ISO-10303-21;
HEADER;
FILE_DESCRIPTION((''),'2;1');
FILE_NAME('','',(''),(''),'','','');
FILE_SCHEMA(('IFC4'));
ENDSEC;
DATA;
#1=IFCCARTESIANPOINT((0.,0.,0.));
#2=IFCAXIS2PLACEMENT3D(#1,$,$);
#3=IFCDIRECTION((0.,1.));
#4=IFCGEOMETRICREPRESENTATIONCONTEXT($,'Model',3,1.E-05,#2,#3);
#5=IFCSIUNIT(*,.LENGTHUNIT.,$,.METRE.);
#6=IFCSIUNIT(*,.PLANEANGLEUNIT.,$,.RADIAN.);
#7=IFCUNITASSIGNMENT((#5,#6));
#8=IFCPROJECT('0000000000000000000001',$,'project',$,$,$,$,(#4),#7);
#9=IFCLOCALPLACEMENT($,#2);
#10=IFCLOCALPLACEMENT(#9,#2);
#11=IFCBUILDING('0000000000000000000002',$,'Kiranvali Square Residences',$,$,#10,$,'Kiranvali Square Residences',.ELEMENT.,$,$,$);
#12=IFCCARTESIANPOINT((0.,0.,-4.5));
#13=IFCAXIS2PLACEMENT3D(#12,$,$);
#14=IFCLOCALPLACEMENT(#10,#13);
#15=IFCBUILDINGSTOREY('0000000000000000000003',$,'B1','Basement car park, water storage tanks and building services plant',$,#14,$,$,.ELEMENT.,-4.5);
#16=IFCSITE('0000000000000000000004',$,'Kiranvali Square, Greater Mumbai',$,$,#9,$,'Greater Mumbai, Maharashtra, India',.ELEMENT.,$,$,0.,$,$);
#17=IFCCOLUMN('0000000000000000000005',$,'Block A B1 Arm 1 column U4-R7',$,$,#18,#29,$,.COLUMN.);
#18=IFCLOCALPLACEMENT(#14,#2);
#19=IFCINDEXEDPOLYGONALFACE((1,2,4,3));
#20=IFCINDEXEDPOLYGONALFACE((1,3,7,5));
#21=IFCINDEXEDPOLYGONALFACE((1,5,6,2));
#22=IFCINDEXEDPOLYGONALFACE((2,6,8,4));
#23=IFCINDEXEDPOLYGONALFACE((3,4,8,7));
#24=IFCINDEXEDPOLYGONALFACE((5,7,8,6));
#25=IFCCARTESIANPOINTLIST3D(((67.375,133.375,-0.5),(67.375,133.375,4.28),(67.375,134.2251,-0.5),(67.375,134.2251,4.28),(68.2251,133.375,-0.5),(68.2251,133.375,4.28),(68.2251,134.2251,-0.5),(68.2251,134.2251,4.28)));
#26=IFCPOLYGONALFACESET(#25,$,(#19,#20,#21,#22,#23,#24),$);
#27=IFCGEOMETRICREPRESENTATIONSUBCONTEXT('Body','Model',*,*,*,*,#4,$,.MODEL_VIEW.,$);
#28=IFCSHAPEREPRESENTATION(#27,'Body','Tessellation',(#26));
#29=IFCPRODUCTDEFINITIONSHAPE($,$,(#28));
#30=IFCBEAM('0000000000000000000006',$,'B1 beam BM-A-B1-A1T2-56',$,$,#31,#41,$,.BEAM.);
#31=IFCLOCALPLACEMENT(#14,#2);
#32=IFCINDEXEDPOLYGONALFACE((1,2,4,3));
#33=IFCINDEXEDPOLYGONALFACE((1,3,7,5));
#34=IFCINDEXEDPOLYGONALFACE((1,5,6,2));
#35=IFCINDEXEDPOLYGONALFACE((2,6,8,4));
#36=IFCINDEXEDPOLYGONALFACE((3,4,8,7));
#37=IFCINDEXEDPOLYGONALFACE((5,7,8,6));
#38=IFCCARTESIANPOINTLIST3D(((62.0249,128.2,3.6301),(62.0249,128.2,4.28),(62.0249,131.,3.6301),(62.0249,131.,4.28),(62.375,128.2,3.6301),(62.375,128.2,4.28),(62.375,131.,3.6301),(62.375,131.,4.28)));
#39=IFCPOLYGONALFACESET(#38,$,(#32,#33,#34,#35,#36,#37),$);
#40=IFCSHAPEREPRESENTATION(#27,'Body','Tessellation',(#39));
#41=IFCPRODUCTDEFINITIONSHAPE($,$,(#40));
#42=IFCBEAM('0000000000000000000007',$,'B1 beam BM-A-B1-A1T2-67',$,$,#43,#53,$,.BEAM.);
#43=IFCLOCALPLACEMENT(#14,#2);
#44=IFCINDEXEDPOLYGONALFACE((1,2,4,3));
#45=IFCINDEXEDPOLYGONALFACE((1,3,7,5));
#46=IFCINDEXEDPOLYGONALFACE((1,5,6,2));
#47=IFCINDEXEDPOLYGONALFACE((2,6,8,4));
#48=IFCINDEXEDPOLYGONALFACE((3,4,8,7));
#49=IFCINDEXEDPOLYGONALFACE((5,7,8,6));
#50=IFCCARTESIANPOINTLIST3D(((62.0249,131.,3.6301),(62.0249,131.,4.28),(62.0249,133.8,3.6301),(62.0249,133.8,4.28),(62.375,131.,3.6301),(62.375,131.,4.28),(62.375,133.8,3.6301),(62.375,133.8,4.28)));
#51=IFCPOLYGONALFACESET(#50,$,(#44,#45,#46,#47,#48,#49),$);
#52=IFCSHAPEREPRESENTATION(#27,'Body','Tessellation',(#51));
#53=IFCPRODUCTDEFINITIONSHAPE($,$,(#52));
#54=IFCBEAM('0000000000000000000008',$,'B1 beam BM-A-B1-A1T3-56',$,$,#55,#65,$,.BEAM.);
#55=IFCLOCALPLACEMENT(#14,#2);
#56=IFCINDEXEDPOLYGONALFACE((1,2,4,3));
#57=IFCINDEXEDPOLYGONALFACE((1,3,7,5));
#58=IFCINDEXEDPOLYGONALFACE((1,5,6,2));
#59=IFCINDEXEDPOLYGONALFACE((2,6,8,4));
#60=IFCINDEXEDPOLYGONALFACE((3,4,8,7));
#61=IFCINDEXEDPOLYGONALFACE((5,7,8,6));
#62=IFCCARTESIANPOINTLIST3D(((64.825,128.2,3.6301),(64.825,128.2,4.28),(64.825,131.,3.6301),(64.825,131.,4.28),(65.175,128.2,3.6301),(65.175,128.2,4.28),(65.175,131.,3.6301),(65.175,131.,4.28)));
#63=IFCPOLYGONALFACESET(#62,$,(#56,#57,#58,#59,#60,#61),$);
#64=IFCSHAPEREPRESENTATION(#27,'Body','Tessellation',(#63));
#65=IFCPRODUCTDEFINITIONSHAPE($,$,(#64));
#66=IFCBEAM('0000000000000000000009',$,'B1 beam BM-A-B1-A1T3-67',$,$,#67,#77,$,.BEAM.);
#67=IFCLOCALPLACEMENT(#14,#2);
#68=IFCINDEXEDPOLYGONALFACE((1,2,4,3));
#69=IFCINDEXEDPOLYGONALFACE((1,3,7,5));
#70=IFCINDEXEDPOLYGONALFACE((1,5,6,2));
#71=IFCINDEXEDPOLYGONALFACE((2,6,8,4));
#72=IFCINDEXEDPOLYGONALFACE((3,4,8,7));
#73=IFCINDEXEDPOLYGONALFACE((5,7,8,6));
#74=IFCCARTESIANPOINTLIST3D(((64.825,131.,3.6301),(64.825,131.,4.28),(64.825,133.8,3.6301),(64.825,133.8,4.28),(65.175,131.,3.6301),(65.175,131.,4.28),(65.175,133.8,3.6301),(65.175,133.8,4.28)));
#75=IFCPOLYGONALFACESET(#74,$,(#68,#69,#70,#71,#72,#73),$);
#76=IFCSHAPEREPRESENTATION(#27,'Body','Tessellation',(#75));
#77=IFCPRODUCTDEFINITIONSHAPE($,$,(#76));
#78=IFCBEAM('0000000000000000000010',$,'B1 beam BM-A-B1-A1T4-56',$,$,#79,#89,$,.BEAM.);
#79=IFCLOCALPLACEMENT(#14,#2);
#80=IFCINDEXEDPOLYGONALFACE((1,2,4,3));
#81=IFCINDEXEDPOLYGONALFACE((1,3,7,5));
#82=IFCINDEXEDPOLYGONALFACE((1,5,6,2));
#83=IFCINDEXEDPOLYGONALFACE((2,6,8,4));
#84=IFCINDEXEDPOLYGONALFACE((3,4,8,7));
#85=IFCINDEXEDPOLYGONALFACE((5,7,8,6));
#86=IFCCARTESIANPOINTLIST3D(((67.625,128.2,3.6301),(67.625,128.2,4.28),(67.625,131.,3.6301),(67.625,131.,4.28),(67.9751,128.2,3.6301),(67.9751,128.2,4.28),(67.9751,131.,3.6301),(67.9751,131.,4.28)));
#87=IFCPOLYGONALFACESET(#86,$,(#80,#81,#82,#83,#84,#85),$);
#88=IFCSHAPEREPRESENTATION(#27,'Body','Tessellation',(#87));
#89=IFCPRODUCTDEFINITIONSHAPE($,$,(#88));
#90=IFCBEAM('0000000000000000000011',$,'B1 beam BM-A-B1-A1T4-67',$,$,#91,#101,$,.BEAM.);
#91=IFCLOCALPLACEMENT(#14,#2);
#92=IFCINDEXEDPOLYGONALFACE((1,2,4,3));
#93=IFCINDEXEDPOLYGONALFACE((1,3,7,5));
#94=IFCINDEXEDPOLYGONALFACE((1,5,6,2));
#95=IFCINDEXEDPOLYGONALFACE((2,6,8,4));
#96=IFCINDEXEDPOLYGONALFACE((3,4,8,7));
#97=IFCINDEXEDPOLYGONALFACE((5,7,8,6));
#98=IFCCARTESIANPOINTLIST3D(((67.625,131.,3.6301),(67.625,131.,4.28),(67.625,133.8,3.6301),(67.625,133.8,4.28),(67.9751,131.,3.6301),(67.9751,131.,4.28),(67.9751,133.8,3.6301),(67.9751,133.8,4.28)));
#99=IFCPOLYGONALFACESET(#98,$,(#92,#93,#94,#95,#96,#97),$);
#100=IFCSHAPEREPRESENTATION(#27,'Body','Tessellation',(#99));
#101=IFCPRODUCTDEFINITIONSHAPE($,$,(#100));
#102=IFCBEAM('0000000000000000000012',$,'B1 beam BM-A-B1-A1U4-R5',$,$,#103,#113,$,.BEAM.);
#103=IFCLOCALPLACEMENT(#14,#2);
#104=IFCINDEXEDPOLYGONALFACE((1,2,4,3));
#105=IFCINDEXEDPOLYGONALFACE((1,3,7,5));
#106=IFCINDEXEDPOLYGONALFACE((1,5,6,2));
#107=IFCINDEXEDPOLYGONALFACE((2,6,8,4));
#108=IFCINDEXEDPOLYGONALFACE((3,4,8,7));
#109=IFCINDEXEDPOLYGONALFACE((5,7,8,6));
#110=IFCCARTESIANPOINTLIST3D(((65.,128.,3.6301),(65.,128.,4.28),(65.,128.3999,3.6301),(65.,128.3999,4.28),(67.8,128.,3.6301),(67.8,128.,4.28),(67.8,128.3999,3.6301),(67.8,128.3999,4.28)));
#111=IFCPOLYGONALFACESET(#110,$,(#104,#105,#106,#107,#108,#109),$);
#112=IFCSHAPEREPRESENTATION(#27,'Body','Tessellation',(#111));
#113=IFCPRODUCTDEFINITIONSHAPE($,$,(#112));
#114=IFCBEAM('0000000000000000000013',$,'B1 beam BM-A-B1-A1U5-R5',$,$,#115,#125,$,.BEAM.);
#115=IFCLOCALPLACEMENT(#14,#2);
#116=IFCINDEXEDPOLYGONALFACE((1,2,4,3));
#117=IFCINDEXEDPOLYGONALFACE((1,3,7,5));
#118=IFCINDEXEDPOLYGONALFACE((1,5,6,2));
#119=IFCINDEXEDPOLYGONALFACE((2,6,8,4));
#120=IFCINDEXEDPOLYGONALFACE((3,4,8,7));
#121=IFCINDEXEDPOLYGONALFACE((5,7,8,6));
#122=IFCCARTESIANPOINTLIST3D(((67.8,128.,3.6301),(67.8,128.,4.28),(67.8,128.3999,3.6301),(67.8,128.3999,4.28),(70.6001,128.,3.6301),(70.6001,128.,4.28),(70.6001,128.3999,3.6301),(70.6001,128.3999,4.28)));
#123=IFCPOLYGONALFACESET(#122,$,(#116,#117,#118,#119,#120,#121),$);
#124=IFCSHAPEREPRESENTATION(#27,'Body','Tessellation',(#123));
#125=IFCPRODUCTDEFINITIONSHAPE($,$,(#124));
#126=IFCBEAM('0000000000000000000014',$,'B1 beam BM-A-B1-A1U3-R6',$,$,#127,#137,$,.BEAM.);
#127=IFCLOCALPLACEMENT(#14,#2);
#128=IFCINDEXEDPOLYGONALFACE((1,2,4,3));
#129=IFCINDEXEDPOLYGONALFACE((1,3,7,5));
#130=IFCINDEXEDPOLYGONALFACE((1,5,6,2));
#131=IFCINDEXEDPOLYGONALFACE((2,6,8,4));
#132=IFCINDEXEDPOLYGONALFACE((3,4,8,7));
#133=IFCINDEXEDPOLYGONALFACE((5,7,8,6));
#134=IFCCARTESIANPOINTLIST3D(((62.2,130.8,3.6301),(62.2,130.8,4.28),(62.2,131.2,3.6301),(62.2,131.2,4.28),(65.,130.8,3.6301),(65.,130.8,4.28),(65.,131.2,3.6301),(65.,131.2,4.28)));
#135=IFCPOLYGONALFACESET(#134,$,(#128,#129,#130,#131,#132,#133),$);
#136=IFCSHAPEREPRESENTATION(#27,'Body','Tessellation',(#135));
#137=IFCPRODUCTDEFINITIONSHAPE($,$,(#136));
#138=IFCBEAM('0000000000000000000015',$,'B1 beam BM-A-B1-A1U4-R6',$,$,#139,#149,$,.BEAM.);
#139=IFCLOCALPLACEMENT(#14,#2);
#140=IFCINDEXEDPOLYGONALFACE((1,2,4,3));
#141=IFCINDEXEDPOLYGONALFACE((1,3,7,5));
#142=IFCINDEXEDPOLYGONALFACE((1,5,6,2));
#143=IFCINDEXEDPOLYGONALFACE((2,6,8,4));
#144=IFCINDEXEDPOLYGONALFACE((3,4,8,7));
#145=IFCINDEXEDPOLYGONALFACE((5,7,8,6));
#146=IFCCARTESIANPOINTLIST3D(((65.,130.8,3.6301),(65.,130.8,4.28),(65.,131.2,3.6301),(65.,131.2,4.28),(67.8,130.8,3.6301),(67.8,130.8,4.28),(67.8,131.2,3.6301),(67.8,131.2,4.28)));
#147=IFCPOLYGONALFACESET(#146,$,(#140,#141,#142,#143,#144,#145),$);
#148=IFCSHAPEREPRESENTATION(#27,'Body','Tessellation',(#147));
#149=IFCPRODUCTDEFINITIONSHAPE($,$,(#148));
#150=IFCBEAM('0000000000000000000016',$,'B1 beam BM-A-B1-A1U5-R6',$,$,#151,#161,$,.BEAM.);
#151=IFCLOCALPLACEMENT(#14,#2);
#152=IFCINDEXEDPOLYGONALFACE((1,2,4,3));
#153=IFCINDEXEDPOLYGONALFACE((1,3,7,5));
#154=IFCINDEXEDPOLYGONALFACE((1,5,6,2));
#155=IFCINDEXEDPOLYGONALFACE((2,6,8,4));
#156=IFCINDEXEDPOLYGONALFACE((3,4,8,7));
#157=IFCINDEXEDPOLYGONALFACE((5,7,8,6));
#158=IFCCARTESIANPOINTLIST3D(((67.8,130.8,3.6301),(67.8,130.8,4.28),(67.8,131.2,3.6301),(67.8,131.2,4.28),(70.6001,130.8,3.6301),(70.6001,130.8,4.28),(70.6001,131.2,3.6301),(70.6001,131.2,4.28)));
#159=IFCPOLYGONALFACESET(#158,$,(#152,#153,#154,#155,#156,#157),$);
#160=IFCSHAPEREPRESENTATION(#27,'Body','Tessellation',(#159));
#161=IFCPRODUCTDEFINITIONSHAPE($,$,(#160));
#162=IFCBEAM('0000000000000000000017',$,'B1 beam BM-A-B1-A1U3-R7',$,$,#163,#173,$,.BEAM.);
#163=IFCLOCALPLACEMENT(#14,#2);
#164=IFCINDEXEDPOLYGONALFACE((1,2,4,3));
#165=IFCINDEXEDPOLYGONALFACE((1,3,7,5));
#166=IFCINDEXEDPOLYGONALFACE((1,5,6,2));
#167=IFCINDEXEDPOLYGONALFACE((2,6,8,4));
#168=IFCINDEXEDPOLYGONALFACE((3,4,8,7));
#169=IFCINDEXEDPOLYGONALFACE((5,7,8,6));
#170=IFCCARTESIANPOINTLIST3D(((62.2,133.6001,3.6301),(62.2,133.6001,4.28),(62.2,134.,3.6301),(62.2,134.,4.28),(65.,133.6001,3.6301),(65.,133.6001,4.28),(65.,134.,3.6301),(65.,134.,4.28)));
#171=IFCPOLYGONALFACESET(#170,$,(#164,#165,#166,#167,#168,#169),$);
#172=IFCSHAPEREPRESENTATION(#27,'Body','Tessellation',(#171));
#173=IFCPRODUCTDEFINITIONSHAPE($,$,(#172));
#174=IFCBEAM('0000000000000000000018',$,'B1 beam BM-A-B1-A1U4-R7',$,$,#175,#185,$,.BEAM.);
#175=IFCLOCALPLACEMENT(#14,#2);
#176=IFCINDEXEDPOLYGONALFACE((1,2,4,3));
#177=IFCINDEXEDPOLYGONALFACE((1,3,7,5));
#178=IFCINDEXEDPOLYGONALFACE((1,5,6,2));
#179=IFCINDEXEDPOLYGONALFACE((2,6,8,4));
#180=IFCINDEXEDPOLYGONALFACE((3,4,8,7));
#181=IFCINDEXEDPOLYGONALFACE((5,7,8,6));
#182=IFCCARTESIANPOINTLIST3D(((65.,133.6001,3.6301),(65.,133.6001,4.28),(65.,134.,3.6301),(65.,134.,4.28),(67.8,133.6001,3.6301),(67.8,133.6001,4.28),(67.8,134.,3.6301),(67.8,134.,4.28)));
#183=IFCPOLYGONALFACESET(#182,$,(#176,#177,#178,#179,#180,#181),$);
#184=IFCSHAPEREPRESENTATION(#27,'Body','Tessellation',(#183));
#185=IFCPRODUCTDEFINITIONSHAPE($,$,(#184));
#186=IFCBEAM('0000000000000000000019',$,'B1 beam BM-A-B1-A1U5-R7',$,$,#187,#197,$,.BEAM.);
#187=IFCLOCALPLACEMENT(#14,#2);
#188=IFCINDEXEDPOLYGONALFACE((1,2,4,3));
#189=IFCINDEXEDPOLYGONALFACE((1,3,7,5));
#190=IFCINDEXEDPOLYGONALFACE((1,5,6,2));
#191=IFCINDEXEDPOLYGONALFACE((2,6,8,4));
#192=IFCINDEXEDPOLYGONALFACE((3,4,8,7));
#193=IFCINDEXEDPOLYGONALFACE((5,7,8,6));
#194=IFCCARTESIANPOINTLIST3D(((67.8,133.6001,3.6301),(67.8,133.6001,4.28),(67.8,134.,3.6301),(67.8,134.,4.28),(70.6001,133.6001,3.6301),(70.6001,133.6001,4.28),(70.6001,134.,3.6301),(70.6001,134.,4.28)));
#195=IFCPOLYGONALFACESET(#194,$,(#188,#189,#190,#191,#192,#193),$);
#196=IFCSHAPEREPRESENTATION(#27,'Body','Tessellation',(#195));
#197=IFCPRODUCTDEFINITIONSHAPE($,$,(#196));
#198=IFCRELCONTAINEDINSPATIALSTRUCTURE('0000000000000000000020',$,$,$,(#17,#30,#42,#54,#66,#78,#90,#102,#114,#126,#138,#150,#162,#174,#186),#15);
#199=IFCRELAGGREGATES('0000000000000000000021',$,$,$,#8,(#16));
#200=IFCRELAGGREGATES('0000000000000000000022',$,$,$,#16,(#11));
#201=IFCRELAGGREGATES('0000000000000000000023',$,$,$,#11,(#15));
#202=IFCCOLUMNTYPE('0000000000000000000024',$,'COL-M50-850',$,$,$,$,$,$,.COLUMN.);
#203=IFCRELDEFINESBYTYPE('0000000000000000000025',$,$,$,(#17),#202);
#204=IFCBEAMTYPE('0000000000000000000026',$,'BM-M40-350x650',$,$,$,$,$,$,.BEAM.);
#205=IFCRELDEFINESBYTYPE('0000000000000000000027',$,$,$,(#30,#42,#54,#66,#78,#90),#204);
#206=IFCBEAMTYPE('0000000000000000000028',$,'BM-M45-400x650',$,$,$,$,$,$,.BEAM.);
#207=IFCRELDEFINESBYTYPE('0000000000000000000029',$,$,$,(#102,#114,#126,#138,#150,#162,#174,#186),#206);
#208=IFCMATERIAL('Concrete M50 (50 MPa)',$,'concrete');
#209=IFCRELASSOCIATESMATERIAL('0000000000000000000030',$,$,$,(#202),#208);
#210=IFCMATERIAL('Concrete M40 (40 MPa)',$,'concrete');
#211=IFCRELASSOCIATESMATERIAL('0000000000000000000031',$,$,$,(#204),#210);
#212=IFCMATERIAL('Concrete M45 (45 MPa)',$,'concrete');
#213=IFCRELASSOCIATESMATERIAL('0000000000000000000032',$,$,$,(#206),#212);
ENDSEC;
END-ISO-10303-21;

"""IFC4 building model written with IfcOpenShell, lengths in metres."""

from ifc_helpers import new_model, si_unit, direction, frame, origin, origin_2d, place, context, subcontext, project, spatial, rectangle, extrude, material, material_profile, profile_set, type_object, element, save


model = new_model("IFC4")

# Units and contexts
model_context = context("Model", 3, precision=1e-05, world=origin(), true_north=direction((0.0, 1.0)))
body_context = subcontext(model_context, "Body", "Model", "MODEL_VIEW")
ifc_project = project(units=[si_unit("LENGTHUNIT", "METRE"), si_unit("PLANEANGLEUNIT", "RADIAN")], contexts=[model_context])

# Site, building, storey
site_placement = place(None, origin())
site = spatial("IfcSite", under=ifc_project, at=site_placement, Name="Kiranvali Square, Greater Mumbai", LongName="Greater Mumbai, Maharashtra, India", CompositionType="ELEMENT", RefElevation=0.0)
building_placement = place(site_placement, origin())
building = spatial("IfcBuilding", under=site, at=building_placement, Name="Kiranvali Square Residences", LongName="Kiranvali Square Residences", CompositionType="ELEMENT")
storey_placement = place(building_placement, frame((0.0, 0.0, -4.5)))
storey = spatial("IfcBuildingStorey", under=building, at=storey_placement, Name="B1", Description="Basement car park, water storage tanks and building services plant", CompositionType="ELEMENT", Elevation=-4.5)

# Shared definitions
ifc_material_1 = material(Name="Concrete M40 (40 MPa)", Category="concrete")

# Column
ifc_material_2 = material(Name="Concrete M50 (50 MPa)", Category="concrete")
ifc_material_profile_1 = material_profile(ifc_material_2, rectangle(XDim=0.8501, YDim=0.8501, at=origin_2d()), Name="RC 850x850")
ifc_profile_set_1 = profile_set([ifc_material_profile_1], Name="Concrete M50 (50 MPa)")
column_type = type_object("IfcColumnType", Name="COL-M50-850", PredefinedType="COLUMN", material=ifc_profile_set_1)
for number, where, z_axis, x_axis, name in (
    (1, (67.8, 133.8, -0.5), (0.0, 0.0, 1.0), (1.0, 0.0, 0.0), "Block A B1 Arm 1 column U4-R7"),
):
    element("IfcColumn", number, at=place(storey_placement, frame(where, z_axis=z_axis, x_axis=x_axis)), inside=storey, type_object=column_type, Name=name, PredefinedType="COLUMN", context=body_context, shape_type="SweptSolid", body=[
        extrude(rectangle(XDim=0.8501, YDim=0.8501, at=origin_2d()), origin(), (0.0, 0.0, 1.0), 4.78),
    ])

# Beams
ifc_material_profile_2 = material_profile(ifc_material_1, rectangle(XDim=0.3501, YDim=0.6499, at=origin_2d()), Name="RC 350x650")
ifc_profile_set_2 = profile_set([ifc_material_profile_2], Name="Concrete M40 (40 MPa)")
beam_type_1 = type_object("IfcBeamType", Name="BM-M40-350x650", PredefinedType="BEAM", material=ifc_profile_set_2)
for number, where, z_axis, x_axis, name in (
    (2, (62.2, 128.2, 3.9551), (0.0, 1.0, 0.0), (-1.0, 0.0, 0.0), "B1 beam BM-A-B1-A1T2-56"),
    (3, (62.2, 131.0, 3.9551), (0.0, 1.0, 0.0), (-1.0, 0.0, 0.0), "B1 beam BM-A-B1-A1T2-67"),
    (4, (65.0, 128.2, 3.9551), (0.0, 1.0, 0.0), (-1.0, 0.0, 0.0), "B1 beam BM-A-B1-A1T3-56"),
    (5, (65.0, 131.0, 3.9551), (0.0, 1.0, 0.0), (-1.0, 0.0, 0.0), "B1 beam BM-A-B1-A1T3-67"),
    (6, (67.8, 128.2, 3.9551), (0.0, 1.0, 0.0), (-1.0, 0.0, 0.0), "B1 beam BM-A-B1-A1T4-56"),
    (7, (67.8, 131.0, 3.9551), (0.0, 1.0, 0.0), (-1.0, 0.0, 0.0), "B1 beam BM-A-B1-A1T4-67"),
):
    element("IfcBeam", number, at=place(storey_placement, frame(where, z_axis=z_axis, x_axis=x_axis)), inside=storey, type_object=beam_type_1, Name=name, PredefinedType="BEAM", context=body_context, shape_type="SweptSolid", body=[
        extrude(rectangle(XDim=0.3501, YDim=0.6499, at=origin_2d()), origin(), (0.0, 0.0, 1.0), 2.8),
    ])
ifc_material_3 = material(Name="Concrete M45 (45 MPa)", Category="concrete")
ifc_material_profile_3 = material_profile(ifc_material_3, rectangle(XDim=0.3999, YDim=0.6499, at=origin_2d()), Name="RC 400x650")
ifc_profile_set_3 = profile_set([ifc_material_profile_3], Name="Concrete M45 (45 MPa)")
beam_type_2 = type_object("IfcBeamType", Name="BM-M45-400x650", PredefinedType="BEAM", material=ifc_profile_set_3)
for number, where, z_axis, x_axis, name in (
    (8, (65.0, 128.2, 3.9551), (1.0, 0.0, 0.0), (0.0, 1.0, 0.0), "B1 beam BM-A-B1-A1U4-R5"),
    (9, (67.8, 128.2, 3.9551), (1.0, 0.0, 0.0), (0.0, 1.0, 0.0), "B1 beam BM-A-B1-A1U5-R5"),
    (10, (62.2, 131.0, 3.9551), (1.0, 0.0, 0.0), (0.0, 1.0, 0.0), "B1 beam BM-A-B1-A1U3-R6"),
    (11, (65.0, 131.0, 3.9551), (1.0, 0.0, 0.0), (0.0, 1.0, 0.0), "B1 beam BM-A-B1-A1U4-R6"),
    (12, (67.8, 131.0, 3.9551), (1.0, 0.0, 0.0), (0.0, 1.0, 0.0), "B1 beam BM-A-B1-A1U5-R6"),
    (13, (62.2, 133.8, 3.9551), (1.0, 0.0, 0.0), (0.0, 1.0, 0.0), "B1 beam BM-A-B1-A1U3-R7"),
    (14, (65.0, 133.8, 3.9551), (1.0, 0.0, 0.0), (0.0, 1.0, 0.0), "B1 beam BM-A-B1-A1U4-R7"),
    (15, (67.8, 133.8, 3.9551), (1.0, 0.0, 0.0), (0.0, 1.0, 0.0), "B1 beam BM-A-B1-A1U5-R7"),
):
    element("IfcBeam", number, at=place(storey_placement, frame(where, z_axis=z_axis, x_axis=x_axis)), inside=storey, type_object=beam_type_2, Name=name, PredefinedType="BEAM", context=body_context, shape_type="SweptSolid", body=[
        extrude(rectangle(XDim=0.3999, YDim=0.6499, at=origin_2d()), origin(), (0.0, 0.0, 1.0), 2.8),
    ])

save(model, "model.ifc")
